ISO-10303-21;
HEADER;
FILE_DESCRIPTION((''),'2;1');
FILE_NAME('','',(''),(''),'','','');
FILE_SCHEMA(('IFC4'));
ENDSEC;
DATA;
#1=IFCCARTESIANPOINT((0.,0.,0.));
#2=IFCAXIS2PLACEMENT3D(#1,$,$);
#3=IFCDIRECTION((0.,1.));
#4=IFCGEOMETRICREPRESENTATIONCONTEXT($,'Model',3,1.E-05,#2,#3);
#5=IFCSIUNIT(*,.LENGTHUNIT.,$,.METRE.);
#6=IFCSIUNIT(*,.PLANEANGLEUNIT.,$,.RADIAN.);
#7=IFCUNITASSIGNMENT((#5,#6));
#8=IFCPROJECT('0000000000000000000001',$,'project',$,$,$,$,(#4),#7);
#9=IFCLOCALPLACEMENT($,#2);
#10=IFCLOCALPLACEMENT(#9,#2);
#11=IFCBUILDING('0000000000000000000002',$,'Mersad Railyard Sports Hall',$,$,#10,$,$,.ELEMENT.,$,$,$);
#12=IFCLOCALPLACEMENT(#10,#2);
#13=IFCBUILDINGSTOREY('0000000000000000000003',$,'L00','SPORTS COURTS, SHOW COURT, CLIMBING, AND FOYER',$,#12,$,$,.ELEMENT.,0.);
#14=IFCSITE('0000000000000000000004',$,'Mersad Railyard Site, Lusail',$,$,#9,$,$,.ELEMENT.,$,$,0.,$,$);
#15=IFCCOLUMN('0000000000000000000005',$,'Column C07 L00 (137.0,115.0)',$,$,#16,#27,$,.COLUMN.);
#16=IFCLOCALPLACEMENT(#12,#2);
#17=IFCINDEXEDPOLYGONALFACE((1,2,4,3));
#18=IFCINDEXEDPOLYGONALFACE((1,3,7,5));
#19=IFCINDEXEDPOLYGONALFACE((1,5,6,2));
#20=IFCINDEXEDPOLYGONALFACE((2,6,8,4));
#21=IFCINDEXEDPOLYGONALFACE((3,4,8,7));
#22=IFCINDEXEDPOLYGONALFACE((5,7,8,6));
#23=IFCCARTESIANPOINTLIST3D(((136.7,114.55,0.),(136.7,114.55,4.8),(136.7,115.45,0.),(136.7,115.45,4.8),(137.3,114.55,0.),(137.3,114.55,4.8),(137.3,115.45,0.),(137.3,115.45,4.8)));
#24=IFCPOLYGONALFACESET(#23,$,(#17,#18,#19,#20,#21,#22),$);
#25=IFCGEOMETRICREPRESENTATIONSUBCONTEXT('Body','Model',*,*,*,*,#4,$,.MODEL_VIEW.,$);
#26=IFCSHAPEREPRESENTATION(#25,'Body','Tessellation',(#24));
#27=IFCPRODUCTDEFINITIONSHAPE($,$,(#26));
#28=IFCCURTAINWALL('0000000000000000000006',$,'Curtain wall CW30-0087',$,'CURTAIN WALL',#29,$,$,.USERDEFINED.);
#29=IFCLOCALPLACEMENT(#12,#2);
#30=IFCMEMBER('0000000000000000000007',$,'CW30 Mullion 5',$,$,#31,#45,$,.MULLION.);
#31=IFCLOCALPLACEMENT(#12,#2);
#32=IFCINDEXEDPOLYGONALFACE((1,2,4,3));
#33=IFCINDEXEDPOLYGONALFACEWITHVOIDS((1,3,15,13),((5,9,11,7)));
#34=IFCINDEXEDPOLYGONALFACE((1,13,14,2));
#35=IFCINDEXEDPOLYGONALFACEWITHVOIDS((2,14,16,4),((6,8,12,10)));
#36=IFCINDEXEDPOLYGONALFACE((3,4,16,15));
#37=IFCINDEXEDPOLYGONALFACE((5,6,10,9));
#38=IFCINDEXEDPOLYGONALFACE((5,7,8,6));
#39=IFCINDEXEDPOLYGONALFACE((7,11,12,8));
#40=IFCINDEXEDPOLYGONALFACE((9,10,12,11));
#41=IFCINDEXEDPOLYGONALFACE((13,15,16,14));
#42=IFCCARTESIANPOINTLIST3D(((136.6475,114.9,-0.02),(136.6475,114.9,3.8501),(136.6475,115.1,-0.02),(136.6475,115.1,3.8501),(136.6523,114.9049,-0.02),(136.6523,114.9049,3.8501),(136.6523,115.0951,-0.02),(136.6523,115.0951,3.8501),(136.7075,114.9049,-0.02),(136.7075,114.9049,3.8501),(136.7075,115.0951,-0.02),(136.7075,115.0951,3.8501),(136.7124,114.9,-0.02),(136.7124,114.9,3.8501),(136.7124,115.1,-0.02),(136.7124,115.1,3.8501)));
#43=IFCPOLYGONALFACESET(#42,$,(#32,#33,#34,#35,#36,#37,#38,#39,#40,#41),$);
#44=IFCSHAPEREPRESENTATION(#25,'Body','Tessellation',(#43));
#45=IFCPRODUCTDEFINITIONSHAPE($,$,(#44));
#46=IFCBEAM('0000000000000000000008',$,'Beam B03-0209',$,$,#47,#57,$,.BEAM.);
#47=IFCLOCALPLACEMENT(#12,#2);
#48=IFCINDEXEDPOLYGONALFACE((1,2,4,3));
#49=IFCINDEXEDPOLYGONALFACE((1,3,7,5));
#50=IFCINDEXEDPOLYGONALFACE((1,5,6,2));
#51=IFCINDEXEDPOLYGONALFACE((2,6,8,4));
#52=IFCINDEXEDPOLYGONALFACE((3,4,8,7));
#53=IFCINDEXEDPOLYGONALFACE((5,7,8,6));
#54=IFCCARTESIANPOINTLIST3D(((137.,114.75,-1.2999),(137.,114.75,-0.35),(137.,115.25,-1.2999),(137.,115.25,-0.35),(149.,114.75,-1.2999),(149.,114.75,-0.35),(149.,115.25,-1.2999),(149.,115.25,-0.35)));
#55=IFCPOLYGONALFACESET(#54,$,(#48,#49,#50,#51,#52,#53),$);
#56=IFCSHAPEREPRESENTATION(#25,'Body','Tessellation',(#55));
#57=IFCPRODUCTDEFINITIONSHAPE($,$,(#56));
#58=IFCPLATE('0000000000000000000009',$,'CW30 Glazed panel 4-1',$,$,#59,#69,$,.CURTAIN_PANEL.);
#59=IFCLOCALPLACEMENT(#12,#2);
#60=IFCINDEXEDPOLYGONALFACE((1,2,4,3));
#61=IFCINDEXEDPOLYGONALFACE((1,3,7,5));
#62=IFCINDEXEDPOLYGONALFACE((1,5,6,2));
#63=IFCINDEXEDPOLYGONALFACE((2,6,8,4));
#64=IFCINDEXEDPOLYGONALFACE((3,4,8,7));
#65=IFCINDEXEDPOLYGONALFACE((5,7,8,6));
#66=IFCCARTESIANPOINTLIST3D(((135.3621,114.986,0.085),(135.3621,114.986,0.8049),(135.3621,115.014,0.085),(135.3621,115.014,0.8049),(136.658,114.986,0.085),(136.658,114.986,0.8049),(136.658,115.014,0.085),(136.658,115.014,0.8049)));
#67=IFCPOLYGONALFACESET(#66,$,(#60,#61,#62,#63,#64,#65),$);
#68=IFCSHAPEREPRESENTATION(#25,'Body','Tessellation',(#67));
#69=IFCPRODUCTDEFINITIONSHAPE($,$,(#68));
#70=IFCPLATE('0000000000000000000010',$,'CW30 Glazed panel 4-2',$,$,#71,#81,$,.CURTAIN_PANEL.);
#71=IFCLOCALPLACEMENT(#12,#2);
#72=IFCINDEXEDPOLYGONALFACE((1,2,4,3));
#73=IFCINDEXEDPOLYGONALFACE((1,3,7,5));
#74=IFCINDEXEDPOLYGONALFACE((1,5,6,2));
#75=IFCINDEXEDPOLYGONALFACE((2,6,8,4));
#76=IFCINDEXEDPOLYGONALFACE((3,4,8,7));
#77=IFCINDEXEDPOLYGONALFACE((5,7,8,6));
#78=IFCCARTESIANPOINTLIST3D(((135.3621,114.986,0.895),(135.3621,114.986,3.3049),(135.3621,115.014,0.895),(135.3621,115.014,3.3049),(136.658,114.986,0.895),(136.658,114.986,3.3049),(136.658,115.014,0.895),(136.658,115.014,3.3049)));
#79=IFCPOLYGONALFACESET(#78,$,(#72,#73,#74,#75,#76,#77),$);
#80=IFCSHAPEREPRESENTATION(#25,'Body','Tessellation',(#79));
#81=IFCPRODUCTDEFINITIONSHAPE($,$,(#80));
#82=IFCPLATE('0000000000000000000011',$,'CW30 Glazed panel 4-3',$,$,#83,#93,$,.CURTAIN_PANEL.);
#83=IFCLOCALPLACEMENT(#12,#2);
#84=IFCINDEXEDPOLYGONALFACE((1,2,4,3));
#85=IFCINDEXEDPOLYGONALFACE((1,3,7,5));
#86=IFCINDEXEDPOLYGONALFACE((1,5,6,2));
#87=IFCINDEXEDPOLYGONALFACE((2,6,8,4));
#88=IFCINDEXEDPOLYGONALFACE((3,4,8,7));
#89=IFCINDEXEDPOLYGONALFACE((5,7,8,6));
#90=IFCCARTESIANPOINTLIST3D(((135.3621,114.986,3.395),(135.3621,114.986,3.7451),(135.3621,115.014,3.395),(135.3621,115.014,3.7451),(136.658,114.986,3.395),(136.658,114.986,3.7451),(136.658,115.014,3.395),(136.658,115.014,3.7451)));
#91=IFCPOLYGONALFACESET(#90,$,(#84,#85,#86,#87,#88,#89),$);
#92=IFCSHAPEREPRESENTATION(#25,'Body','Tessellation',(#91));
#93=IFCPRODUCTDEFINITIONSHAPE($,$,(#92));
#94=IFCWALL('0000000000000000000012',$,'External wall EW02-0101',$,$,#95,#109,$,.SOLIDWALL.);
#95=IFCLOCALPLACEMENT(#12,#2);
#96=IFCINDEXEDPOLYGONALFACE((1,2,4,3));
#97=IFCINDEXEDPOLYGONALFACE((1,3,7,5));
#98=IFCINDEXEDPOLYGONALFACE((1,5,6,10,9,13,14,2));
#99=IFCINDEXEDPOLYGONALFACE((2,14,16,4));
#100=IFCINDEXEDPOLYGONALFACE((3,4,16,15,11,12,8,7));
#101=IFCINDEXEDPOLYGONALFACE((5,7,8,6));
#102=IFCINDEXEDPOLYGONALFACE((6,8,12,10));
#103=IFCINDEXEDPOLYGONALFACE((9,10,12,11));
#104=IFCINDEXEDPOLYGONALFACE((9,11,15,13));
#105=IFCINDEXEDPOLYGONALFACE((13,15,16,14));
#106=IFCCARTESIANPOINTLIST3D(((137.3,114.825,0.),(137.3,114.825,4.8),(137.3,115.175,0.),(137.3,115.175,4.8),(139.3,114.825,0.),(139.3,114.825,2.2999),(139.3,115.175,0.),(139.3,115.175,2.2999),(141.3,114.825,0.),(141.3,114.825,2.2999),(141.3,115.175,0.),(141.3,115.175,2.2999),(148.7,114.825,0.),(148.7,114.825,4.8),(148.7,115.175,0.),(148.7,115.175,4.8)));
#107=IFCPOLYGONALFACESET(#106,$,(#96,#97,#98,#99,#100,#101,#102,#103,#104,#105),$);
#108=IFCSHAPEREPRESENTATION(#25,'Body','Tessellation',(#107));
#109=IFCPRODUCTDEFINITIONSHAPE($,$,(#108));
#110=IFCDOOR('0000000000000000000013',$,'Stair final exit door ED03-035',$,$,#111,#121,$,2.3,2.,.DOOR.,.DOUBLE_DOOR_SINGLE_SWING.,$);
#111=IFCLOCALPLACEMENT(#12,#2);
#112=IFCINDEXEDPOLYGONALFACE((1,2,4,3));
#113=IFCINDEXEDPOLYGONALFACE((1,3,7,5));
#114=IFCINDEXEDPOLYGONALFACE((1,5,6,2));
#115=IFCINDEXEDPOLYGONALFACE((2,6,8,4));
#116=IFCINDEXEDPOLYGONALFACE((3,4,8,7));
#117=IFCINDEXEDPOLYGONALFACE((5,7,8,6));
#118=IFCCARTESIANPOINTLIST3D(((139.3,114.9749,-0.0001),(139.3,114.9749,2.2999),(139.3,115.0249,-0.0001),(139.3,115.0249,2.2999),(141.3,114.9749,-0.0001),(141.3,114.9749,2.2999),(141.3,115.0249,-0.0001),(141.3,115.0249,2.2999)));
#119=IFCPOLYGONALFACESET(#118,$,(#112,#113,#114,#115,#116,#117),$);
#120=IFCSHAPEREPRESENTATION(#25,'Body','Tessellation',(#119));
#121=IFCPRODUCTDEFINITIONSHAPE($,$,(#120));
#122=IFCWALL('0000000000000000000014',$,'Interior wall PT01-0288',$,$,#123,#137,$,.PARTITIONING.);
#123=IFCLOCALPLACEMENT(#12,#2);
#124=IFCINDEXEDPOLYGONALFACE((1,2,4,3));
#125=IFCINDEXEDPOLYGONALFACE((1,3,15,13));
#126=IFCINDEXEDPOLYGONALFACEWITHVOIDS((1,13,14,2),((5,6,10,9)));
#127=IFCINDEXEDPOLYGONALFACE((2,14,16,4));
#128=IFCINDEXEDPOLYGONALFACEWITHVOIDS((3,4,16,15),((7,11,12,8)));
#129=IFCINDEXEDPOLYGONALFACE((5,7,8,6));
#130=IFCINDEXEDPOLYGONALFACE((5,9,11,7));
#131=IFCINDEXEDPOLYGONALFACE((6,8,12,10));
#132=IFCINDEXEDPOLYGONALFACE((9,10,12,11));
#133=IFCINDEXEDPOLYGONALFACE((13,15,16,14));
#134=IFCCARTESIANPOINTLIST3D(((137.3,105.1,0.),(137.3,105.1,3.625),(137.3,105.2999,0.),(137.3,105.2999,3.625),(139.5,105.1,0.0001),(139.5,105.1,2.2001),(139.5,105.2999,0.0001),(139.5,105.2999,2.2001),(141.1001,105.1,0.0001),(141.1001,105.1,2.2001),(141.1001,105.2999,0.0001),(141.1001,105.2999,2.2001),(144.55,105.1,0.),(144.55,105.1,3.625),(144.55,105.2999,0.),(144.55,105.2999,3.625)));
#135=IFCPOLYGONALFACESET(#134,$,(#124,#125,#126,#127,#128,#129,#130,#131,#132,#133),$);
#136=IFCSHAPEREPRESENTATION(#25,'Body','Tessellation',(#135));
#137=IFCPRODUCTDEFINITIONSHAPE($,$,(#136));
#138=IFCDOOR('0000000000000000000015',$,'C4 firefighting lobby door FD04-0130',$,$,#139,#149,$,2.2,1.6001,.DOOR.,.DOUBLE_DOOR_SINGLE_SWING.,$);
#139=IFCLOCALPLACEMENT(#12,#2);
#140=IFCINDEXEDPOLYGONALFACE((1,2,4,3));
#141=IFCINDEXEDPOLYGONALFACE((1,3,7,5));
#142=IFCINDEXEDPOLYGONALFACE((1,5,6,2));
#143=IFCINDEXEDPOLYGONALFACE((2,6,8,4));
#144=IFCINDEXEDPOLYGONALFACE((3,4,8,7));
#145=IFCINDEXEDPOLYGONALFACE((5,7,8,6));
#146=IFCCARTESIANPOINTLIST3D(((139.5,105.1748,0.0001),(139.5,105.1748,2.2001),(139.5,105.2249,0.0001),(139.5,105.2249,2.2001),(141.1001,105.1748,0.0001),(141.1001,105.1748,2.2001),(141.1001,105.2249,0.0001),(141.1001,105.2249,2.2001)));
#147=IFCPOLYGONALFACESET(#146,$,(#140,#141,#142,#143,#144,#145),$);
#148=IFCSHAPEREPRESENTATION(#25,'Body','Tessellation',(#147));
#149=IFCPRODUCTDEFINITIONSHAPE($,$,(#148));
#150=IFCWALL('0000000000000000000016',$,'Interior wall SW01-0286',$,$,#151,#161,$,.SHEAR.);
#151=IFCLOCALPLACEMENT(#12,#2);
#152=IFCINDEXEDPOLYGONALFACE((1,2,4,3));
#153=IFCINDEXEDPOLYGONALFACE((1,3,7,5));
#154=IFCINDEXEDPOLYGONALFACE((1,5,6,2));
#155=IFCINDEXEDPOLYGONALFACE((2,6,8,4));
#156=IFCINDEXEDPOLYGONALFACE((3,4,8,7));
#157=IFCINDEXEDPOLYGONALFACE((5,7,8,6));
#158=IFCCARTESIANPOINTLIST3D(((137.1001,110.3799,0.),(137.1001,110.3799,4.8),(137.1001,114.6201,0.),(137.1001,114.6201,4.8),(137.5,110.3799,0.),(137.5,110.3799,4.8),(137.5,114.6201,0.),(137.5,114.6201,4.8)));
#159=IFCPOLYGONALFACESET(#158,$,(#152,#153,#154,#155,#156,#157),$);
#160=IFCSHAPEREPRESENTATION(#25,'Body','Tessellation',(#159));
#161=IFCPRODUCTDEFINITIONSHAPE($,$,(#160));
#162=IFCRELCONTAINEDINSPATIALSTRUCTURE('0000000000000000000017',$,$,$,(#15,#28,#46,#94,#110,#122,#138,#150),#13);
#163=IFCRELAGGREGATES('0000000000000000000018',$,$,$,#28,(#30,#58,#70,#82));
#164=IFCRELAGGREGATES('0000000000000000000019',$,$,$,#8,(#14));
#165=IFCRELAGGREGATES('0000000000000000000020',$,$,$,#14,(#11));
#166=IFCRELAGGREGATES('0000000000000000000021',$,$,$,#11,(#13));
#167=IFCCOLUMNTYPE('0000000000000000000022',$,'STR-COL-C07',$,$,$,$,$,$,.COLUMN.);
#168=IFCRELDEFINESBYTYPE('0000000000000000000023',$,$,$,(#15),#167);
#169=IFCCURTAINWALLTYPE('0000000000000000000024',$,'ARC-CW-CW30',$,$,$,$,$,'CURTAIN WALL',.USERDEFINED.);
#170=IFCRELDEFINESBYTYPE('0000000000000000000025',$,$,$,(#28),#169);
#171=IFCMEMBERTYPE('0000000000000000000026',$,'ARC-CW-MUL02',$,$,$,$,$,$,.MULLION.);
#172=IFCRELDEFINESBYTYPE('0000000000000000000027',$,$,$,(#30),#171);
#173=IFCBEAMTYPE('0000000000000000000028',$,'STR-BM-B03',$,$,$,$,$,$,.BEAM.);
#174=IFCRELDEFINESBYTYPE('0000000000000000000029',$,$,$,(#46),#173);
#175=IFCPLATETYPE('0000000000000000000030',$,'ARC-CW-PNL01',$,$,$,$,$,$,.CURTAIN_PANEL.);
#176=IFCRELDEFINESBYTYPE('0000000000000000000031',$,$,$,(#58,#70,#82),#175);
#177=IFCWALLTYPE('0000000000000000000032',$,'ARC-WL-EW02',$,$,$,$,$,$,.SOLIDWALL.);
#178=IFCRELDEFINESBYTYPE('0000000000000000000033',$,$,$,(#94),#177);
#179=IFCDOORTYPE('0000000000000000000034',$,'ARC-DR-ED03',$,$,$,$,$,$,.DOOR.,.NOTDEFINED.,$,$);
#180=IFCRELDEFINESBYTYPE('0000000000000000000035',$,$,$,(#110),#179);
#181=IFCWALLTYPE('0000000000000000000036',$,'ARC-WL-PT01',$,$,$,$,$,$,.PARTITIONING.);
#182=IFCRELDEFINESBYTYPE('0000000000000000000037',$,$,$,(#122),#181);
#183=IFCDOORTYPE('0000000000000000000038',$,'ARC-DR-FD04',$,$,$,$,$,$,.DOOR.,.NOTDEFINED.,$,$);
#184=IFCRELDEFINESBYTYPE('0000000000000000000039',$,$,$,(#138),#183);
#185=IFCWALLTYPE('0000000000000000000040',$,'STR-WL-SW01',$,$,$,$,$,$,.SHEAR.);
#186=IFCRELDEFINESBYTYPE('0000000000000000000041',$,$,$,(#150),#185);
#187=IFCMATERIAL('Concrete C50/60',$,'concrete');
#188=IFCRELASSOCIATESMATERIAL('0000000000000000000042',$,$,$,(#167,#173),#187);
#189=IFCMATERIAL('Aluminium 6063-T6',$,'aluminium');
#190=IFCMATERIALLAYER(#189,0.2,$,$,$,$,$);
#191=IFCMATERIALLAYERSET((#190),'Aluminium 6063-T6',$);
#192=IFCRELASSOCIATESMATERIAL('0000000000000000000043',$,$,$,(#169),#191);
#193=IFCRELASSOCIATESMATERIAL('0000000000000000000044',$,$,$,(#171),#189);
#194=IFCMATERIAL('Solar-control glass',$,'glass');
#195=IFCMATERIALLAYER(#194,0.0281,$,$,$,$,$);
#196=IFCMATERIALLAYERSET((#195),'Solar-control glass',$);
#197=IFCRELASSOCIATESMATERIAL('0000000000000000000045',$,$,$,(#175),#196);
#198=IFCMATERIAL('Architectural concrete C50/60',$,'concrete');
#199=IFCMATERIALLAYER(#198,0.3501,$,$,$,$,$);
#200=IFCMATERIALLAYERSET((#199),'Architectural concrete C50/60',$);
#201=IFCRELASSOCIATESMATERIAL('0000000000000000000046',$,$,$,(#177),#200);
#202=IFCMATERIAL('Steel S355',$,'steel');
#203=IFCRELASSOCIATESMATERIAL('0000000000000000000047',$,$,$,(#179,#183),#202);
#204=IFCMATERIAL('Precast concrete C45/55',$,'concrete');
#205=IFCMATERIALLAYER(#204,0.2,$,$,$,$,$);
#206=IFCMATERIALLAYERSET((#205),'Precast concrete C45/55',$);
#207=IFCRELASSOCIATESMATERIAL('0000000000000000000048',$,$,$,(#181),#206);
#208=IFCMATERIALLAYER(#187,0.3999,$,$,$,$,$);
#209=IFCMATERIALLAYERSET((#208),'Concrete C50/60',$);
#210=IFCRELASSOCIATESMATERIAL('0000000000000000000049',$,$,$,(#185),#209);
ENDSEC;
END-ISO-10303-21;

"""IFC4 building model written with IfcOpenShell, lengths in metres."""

from ifc_helpers import new_model, si_unit, direction, frame, frame_2d, origin, origin_2d, place, context, subcontext, project, spatial, rectangle, hollow_rectangle, extrude, material, layer, layer_set, material_profile, profile_set, type_object, element, fill, aggregate, save


model = new_model("IFC4")

# Units and contexts
model_context = context("Model", 3, precision=1e-05, world=origin(), true_north=direction((0.0, 1.0)))
body_context = subcontext(model_context, "Body", "Model", "MODEL_VIEW")
ifc_project = project(units=[si_unit("LENGTHUNIT", "METRE"), si_unit("PLANEANGLEUNIT", "RADIAN")], contexts=[model_context])

# Site, building, storey
site_placement = place(None, origin())
site = spatial("IfcSite", under=ifc_project, at=site_placement, Name="Mersad Railyard Site, Lusail", CompositionType="ELEMENT", RefElevation=0.0)
building_placement = place(site_placement, origin())
building = spatial("IfcBuilding", under=site, at=building_placement, Name="Mersad Railyard Sports Hall", CompositionType="ELEMENT")
storey_placement = place(building_placement, origin())
storey = spatial("IfcBuildingStorey", under=building, at=storey_placement, Name="L00", Description="SPORTS COURTS, SHOW COURT, CLIMBING, AND FOYER", CompositionType="ELEMENT", Elevation=0.0)

# Column
ifc_material_1 = material(Name="Concrete C50/60", Category="concrete")
ifc_material_profile_1 = material_profile(ifc_material_1, rectangle(XDim=0.6001, YDim=0.8999, at=origin_2d()), Name="RC 600x900")
ifc_profile_set_1 = profile_set([ifc_material_profile_1], Name="Concrete C50/60")
column_type = type_object("IfcColumnType", Name="STR-COL-C07", PredefinedType="COLUMN", material=ifc_profile_set_1)
column_placement = place(storey_placement, frame((137.0, 115.0, 0.0), z_axis=(0.0, 0.0, 1.0), x_axis=(1.0, 0.0, 0.0)))
element("IfcColumn", 1, at=column_placement, inside=storey, type_object=column_type, Name="Column C07 L00 (137.0,115.0)", PredefinedType="COLUMN", context=body_context, shape_type="SweptSolid", body=[
    extrude(rectangle(XDim=0.6001, YDim=0.8999, at=origin_2d()), origin(), (0.0, 0.0, 1.0), 4.8),
])

# Curtain wall, member
ifc_material_2 = material(Name="Aluminium 6063-T6", Category="aluminium")
ifc_layer_1 = layer(ifc_material_2, 0.2)
ifc_layer_set_1 = layer_set([ifc_layer_1], Name="Aluminium 6063-T6")
curtain_wall_type = type_object("IfcCurtainWallType", Name="ARC-CW-CW30", ElementType="CURTAIN WALL", PredefinedType="USERDEFINED", material=ifc_layer_set_1)
curtain_wall_placement = place(storey_placement, origin())
curtain_wall = element("IfcCurtainWall", 2, at=curtain_wall_placement, inside=storey, type_object=curtain_wall_type, Name="Curtain wall CW30-0087", ObjectType="CURTAIN WALL", PredefinedType="USERDEFINED")
ifc_material_profile_2 = material_profile(ifc_material_2, hollow_rectangle(XDim=0.0649, YDim=0.2, WallThickness=0.0049, at=origin_2d()), Name="AL MULLION 65x200x5")
ifc_profile_set_2 = profile_set([ifc_material_profile_2], Name="Aluminium 6063-T6")
member_type = type_object("IfcMemberType", Name="ARC-CW-MUL02", PredefinedType="MULLION", material=ifc_profile_set_2)
member_placement = place(storey_placement, frame((136.6799, 115.0, -0.02), z_axis=(0.0, 0.0, 1.0), x_axis=(1.0, 0.0, 0.0)))
member = element("IfcMember", 3, at=member_placement, type_object=member_type, Name="CW30 Mullion 5", PredefinedType="MULLION", context=body_context, shape_type="SweptSolid", body=[
    extrude(hollow_rectangle(XDim=0.0649, YDim=0.2, WallThickness=0.0049, at=origin_2d()), origin(), (0.0, 0.0, 1.0), 3.8701),
])

# Beam
ifc_material_profile_3 = material_profile(ifc_material_1, rectangle(XDim=0.5, YDim=0.95, at=origin_2d()), Name="RC 500x950")
ifc_profile_set_3 = profile_set([ifc_material_profile_3], Name="Concrete C50/60")
beam_type = type_object("IfcBeamType", Name="STR-BM-B03", PredefinedType="BEAM", material=ifc_profile_set_3)
beam_placement = place(storey_placement, frame((137.0, 115.0, -0.825), z_axis=(1.0, 0.0, 0.0), x_axis=(0.0, 1.0, 0.0)))
element("IfcBeam", 4, at=beam_placement, inside=storey, type_object=beam_type, Name="Beam B03-0209", PredefinedType="BEAM", context=body_context, shape_type="SweptSolid", body=[
    extrude(rectangle(XDim=0.5, YDim=0.95, at=origin_2d()), origin(), (0.0, 0.0, 1.0), 12.0),
])

# Plates
ifc_material_3 = material(Name="Solar-control glass", Category="glass")
ifc_layer_2 = layer(ifc_material_3, 0.0281)
ifc_layer_set_2 = layer_set([ifc_layer_2], Name="Solar-control glass")
plate_type = type_object("IfcPlateType", Name="ARC-CW-PNL01", PredefinedType="CURTAIN_PANEL", material=ifc_layer_set_2)
plate_1_placement = place(storey_placement, frame((136.01, 115.0, 0.085), z_axis=(0.0, 0.0, 1.0), x_axis=(1.0, 0.0, 0.0)))
plate_1 = element("IfcPlate", 5, at=plate_1_placement, type_object=plate_type, Name="CW30 Glazed panel 4-1", PredefinedType="CURTAIN_PANEL", context=body_context, shape_type="SweptSolid", body=[
    extrude(rectangle(XDim=1.2959, YDim=0.0281, at=origin_2d()), origin(), (0.0, 0.0, 1.0), 0.72),
])
plate_2_placement = place(storey_placement, frame((136.01, 115.0, 0.895), z_axis=(0.0, 0.0, 1.0), x_axis=(1.0, 0.0, 0.0)))
plate_2 = element("IfcPlate", 6, at=plate_2_placement, type_object=plate_type, Name="CW30 Glazed panel 4-2", PredefinedType="CURTAIN_PANEL", context=body_context, shape_type="SweptSolid", body=[
    extrude(rectangle(XDim=1.2959, YDim=0.0281, at=origin_2d()), origin(), (0.0, 0.0, 1.0), 2.4099),
])
plate_3_placement = place(storey_placement, frame((136.01, 115.0, 3.395), z_axis=(0.0, 0.0, 1.0), x_axis=(1.0, 0.0, 0.0)))
plate_3 = element("IfcPlate", 7, at=plate_3_placement, type_object=plate_type, Name="CW30 Glazed panel 4-3", PredefinedType="CURTAIN_PANEL", context=body_context, shape_type="SweptSolid", body=[
    extrude(rectangle(XDim=1.2959, YDim=0.0281, at=origin_2d()), origin(), (0.0, 0.0, 1.0), 0.3501),
])
aggregate(curtain_wall, [member, plate_1, plate_2, plate_3])

# Wall, opening, door
ifc_material_4 = material(Name="Architectural concrete C50/60", Category="concrete")
ifc_layer_3 = layer(ifc_material_4, 0.3501)
ifc_layer_set_3 = layer_set([ifc_layer_3], Name="Architectural concrete C50/60")
wall_type_1 = type_object("IfcWallType", Name="ARC-WL-EW02", PredefinedType="SOLIDWALL", material=ifc_layer_set_3)
wall_1_placement = place(storey_placement, frame((137.3, 115.0, 0.0), z_axis=(0.0, 0.0, 1.0), x_axis=(1.0, 0.0, 0.0)))
wall_1 = element("IfcWall", 8, at=wall_1_placement, inside=storey, type_object=wall_type_1, Name="External wall EW02-0101", PredefinedType="SOLIDWALL", context=body_context, shape_type="SweptSolid", body=[
    extrude(rectangle(XDim=11.3999, YDim=0.3501, at=frame_2d((5.7, 0.0))), origin(), (0.0, 0.0, 1.0), 4.8),
])
opening_1_placement = place(wall_1_placement, frame((2.0, 0.0, 0.0)))
opening_1 = element("IfcOpeningElement", 9, at=opening_1_placement, cuts=wall_1, PredefinedType="OPENING", context=body_context, shape_type="SweptSolid", body=[
    extrude(rectangle(XDim=2.0, YDim=2.3, at=frame_2d((1.0, 1.1499))), frame((0.0, 0.1851, 0.0), z_axis=(0.0, -1.0, 0.0), x_axis=(1.0, 0.0, 0.0)), (0.0, 0.0, 1.0), 0.3701),
])
ifc_material_5 = material(Name="Steel S355", Category="steel")
door_type_1 = type_object("IfcDoorType", Name="ARC-DR-ED03", OperationType="NOTDEFINED", PredefinedType="DOOR", material=ifc_material_5)
door_1_placement = place(opening_1_placement, origin())
door_1 = element("IfcDoor", 10, at=door_1_placement, inside=storey, type_object=door_type_1, Name="Stair final exit door ED03-035", OperationType="DOUBLE_DOOR_SINGLE_SWING", OverallHeight=2.3, OverallWidth=2.0, PredefinedType="DOOR", context=body_context, shape_type="SweptSolid", body=[
    extrude(rectangle(XDim=2.0, YDim=2.3, at=frame_2d((1.0, 1.1499))), frame((0.0, 0.0249, 0.0), z_axis=(0.0, -1.0, 0.0), x_axis=(1.0, 0.0, 0.0)), (0.0, 0.0, 1.0), 0.05),
])
fill(opening_1, door_1)

# Shared definitions
ifc_material_6 = material(Name="Precast concrete C45/55", Category="concrete")
ifc_layer_4 = layer(ifc_material_6, 0.2)
ifc_layer_set_4 = layer_set([ifc_layer_4], Name="Precast concrete C45/55")
wall_type_2 = type_object("IfcWallType", Name="ARC-WL-PT01", PredefinedType="PARTITIONING", material=ifc_layer_set_4)

# Wall, opening, door
wall_2_placement = place(storey_placement, frame((137.3, 105.2, 0.0), z_axis=(0.0, 0.0, 1.0), x_axis=(1.0, 0.0, 0.0)))
wall_2 = element("IfcWall", 11, at=wall_2_placement, inside=storey, type_object=wall_type_2, Name="Interior wall PT01-0288", PredefinedType="PARTITIONING", context=body_context, shape_type="SweptSolid", body=[
    extrude(rectangle(XDim=7.25, YDim=0.2, at=frame_2d((3.625, 0.0))), origin(), (0.0, 0.0, 1.0), 3.625),
])
opening_2_placement = place(wall_2_placement, frame((2.2, 0.0, 0.0)))
opening_2 = element("IfcOpeningElement", 12, at=opening_2_placement, cuts=wall_2, PredefinedType="OPENING", context=body_context, shape_type="SweptSolid", body=[
    extrude(rectangle(XDim=1.6001, YDim=2.2, at=frame_2d((0.8, 1.1001))), frame((0.0, 0.1099, 0.0), z_axis=(0.0, -1.0, 0.0), x_axis=(1.0, 0.0, 0.0)), (0.0, 0.0, 1.0), 0.22),
])
door_type_2 = type_object("IfcDoorType", Name="ARC-DR-FD04", OperationType="NOTDEFINED", PredefinedType="DOOR", material=ifc_material_5)
door_2_placement = place(opening_2_placement, origin())
door_2 = element("IfcDoor", 13, at=door_2_placement, inside=storey, type_object=door_type_2, Name="C4 firefighting lobby door FD04-0130", OperationType="DOUBLE_DOOR_SINGLE_SWING", OverallHeight=2.2, OverallWidth=1.6001, PredefinedType="DOOR", context=body_context, shape_type="SweptSolid", body=[
    extrude(rectangle(XDim=1.6001, YDim=2.2, at=frame_2d((0.8, 1.1001))), frame((0.0, 0.0249, 0.0), z_axis=(0.0, -1.0, 0.0), x_axis=(1.0, 0.0, 0.0)), (0.0, 0.0, 1.0), 0.05),
])
fill(opening_2, door_2)
ifc_layer_5 = layer(ifc_material_1, 0.3999)
ifc_layer_set_5 = layer_set([ifc_layer_5], Name="Concrete C50/60")
wall_type_3 = type_object("IfcWallType", Name="STR-WL-SW01", PredefinedType="SHEAR", material=ifc_layer_set_5)

# Wall
wall_3_placement = place(storey_placement, frame((137.3, 114.6201, 0.0), z_axis=(0.0, 0.0, 1.0), x_axis=(0.0, -1.0, 0.0)))
element("IfcWall", 14, at=wall_3_placement, inside=storey, type_object=wall_type_3, Name="Interior wall SW01-0286", PredefinedType="SHEAR", context=body_context, shape_type="SweptSolid", body=[
    extrude(rectangle(XDim=4.2402, YDim=0.3999, at=frame_2d((2.1201, 0.0))), origin(), (0.0, 0.0, 1.0), 4.8),
])

save(model, "model.ifc")
